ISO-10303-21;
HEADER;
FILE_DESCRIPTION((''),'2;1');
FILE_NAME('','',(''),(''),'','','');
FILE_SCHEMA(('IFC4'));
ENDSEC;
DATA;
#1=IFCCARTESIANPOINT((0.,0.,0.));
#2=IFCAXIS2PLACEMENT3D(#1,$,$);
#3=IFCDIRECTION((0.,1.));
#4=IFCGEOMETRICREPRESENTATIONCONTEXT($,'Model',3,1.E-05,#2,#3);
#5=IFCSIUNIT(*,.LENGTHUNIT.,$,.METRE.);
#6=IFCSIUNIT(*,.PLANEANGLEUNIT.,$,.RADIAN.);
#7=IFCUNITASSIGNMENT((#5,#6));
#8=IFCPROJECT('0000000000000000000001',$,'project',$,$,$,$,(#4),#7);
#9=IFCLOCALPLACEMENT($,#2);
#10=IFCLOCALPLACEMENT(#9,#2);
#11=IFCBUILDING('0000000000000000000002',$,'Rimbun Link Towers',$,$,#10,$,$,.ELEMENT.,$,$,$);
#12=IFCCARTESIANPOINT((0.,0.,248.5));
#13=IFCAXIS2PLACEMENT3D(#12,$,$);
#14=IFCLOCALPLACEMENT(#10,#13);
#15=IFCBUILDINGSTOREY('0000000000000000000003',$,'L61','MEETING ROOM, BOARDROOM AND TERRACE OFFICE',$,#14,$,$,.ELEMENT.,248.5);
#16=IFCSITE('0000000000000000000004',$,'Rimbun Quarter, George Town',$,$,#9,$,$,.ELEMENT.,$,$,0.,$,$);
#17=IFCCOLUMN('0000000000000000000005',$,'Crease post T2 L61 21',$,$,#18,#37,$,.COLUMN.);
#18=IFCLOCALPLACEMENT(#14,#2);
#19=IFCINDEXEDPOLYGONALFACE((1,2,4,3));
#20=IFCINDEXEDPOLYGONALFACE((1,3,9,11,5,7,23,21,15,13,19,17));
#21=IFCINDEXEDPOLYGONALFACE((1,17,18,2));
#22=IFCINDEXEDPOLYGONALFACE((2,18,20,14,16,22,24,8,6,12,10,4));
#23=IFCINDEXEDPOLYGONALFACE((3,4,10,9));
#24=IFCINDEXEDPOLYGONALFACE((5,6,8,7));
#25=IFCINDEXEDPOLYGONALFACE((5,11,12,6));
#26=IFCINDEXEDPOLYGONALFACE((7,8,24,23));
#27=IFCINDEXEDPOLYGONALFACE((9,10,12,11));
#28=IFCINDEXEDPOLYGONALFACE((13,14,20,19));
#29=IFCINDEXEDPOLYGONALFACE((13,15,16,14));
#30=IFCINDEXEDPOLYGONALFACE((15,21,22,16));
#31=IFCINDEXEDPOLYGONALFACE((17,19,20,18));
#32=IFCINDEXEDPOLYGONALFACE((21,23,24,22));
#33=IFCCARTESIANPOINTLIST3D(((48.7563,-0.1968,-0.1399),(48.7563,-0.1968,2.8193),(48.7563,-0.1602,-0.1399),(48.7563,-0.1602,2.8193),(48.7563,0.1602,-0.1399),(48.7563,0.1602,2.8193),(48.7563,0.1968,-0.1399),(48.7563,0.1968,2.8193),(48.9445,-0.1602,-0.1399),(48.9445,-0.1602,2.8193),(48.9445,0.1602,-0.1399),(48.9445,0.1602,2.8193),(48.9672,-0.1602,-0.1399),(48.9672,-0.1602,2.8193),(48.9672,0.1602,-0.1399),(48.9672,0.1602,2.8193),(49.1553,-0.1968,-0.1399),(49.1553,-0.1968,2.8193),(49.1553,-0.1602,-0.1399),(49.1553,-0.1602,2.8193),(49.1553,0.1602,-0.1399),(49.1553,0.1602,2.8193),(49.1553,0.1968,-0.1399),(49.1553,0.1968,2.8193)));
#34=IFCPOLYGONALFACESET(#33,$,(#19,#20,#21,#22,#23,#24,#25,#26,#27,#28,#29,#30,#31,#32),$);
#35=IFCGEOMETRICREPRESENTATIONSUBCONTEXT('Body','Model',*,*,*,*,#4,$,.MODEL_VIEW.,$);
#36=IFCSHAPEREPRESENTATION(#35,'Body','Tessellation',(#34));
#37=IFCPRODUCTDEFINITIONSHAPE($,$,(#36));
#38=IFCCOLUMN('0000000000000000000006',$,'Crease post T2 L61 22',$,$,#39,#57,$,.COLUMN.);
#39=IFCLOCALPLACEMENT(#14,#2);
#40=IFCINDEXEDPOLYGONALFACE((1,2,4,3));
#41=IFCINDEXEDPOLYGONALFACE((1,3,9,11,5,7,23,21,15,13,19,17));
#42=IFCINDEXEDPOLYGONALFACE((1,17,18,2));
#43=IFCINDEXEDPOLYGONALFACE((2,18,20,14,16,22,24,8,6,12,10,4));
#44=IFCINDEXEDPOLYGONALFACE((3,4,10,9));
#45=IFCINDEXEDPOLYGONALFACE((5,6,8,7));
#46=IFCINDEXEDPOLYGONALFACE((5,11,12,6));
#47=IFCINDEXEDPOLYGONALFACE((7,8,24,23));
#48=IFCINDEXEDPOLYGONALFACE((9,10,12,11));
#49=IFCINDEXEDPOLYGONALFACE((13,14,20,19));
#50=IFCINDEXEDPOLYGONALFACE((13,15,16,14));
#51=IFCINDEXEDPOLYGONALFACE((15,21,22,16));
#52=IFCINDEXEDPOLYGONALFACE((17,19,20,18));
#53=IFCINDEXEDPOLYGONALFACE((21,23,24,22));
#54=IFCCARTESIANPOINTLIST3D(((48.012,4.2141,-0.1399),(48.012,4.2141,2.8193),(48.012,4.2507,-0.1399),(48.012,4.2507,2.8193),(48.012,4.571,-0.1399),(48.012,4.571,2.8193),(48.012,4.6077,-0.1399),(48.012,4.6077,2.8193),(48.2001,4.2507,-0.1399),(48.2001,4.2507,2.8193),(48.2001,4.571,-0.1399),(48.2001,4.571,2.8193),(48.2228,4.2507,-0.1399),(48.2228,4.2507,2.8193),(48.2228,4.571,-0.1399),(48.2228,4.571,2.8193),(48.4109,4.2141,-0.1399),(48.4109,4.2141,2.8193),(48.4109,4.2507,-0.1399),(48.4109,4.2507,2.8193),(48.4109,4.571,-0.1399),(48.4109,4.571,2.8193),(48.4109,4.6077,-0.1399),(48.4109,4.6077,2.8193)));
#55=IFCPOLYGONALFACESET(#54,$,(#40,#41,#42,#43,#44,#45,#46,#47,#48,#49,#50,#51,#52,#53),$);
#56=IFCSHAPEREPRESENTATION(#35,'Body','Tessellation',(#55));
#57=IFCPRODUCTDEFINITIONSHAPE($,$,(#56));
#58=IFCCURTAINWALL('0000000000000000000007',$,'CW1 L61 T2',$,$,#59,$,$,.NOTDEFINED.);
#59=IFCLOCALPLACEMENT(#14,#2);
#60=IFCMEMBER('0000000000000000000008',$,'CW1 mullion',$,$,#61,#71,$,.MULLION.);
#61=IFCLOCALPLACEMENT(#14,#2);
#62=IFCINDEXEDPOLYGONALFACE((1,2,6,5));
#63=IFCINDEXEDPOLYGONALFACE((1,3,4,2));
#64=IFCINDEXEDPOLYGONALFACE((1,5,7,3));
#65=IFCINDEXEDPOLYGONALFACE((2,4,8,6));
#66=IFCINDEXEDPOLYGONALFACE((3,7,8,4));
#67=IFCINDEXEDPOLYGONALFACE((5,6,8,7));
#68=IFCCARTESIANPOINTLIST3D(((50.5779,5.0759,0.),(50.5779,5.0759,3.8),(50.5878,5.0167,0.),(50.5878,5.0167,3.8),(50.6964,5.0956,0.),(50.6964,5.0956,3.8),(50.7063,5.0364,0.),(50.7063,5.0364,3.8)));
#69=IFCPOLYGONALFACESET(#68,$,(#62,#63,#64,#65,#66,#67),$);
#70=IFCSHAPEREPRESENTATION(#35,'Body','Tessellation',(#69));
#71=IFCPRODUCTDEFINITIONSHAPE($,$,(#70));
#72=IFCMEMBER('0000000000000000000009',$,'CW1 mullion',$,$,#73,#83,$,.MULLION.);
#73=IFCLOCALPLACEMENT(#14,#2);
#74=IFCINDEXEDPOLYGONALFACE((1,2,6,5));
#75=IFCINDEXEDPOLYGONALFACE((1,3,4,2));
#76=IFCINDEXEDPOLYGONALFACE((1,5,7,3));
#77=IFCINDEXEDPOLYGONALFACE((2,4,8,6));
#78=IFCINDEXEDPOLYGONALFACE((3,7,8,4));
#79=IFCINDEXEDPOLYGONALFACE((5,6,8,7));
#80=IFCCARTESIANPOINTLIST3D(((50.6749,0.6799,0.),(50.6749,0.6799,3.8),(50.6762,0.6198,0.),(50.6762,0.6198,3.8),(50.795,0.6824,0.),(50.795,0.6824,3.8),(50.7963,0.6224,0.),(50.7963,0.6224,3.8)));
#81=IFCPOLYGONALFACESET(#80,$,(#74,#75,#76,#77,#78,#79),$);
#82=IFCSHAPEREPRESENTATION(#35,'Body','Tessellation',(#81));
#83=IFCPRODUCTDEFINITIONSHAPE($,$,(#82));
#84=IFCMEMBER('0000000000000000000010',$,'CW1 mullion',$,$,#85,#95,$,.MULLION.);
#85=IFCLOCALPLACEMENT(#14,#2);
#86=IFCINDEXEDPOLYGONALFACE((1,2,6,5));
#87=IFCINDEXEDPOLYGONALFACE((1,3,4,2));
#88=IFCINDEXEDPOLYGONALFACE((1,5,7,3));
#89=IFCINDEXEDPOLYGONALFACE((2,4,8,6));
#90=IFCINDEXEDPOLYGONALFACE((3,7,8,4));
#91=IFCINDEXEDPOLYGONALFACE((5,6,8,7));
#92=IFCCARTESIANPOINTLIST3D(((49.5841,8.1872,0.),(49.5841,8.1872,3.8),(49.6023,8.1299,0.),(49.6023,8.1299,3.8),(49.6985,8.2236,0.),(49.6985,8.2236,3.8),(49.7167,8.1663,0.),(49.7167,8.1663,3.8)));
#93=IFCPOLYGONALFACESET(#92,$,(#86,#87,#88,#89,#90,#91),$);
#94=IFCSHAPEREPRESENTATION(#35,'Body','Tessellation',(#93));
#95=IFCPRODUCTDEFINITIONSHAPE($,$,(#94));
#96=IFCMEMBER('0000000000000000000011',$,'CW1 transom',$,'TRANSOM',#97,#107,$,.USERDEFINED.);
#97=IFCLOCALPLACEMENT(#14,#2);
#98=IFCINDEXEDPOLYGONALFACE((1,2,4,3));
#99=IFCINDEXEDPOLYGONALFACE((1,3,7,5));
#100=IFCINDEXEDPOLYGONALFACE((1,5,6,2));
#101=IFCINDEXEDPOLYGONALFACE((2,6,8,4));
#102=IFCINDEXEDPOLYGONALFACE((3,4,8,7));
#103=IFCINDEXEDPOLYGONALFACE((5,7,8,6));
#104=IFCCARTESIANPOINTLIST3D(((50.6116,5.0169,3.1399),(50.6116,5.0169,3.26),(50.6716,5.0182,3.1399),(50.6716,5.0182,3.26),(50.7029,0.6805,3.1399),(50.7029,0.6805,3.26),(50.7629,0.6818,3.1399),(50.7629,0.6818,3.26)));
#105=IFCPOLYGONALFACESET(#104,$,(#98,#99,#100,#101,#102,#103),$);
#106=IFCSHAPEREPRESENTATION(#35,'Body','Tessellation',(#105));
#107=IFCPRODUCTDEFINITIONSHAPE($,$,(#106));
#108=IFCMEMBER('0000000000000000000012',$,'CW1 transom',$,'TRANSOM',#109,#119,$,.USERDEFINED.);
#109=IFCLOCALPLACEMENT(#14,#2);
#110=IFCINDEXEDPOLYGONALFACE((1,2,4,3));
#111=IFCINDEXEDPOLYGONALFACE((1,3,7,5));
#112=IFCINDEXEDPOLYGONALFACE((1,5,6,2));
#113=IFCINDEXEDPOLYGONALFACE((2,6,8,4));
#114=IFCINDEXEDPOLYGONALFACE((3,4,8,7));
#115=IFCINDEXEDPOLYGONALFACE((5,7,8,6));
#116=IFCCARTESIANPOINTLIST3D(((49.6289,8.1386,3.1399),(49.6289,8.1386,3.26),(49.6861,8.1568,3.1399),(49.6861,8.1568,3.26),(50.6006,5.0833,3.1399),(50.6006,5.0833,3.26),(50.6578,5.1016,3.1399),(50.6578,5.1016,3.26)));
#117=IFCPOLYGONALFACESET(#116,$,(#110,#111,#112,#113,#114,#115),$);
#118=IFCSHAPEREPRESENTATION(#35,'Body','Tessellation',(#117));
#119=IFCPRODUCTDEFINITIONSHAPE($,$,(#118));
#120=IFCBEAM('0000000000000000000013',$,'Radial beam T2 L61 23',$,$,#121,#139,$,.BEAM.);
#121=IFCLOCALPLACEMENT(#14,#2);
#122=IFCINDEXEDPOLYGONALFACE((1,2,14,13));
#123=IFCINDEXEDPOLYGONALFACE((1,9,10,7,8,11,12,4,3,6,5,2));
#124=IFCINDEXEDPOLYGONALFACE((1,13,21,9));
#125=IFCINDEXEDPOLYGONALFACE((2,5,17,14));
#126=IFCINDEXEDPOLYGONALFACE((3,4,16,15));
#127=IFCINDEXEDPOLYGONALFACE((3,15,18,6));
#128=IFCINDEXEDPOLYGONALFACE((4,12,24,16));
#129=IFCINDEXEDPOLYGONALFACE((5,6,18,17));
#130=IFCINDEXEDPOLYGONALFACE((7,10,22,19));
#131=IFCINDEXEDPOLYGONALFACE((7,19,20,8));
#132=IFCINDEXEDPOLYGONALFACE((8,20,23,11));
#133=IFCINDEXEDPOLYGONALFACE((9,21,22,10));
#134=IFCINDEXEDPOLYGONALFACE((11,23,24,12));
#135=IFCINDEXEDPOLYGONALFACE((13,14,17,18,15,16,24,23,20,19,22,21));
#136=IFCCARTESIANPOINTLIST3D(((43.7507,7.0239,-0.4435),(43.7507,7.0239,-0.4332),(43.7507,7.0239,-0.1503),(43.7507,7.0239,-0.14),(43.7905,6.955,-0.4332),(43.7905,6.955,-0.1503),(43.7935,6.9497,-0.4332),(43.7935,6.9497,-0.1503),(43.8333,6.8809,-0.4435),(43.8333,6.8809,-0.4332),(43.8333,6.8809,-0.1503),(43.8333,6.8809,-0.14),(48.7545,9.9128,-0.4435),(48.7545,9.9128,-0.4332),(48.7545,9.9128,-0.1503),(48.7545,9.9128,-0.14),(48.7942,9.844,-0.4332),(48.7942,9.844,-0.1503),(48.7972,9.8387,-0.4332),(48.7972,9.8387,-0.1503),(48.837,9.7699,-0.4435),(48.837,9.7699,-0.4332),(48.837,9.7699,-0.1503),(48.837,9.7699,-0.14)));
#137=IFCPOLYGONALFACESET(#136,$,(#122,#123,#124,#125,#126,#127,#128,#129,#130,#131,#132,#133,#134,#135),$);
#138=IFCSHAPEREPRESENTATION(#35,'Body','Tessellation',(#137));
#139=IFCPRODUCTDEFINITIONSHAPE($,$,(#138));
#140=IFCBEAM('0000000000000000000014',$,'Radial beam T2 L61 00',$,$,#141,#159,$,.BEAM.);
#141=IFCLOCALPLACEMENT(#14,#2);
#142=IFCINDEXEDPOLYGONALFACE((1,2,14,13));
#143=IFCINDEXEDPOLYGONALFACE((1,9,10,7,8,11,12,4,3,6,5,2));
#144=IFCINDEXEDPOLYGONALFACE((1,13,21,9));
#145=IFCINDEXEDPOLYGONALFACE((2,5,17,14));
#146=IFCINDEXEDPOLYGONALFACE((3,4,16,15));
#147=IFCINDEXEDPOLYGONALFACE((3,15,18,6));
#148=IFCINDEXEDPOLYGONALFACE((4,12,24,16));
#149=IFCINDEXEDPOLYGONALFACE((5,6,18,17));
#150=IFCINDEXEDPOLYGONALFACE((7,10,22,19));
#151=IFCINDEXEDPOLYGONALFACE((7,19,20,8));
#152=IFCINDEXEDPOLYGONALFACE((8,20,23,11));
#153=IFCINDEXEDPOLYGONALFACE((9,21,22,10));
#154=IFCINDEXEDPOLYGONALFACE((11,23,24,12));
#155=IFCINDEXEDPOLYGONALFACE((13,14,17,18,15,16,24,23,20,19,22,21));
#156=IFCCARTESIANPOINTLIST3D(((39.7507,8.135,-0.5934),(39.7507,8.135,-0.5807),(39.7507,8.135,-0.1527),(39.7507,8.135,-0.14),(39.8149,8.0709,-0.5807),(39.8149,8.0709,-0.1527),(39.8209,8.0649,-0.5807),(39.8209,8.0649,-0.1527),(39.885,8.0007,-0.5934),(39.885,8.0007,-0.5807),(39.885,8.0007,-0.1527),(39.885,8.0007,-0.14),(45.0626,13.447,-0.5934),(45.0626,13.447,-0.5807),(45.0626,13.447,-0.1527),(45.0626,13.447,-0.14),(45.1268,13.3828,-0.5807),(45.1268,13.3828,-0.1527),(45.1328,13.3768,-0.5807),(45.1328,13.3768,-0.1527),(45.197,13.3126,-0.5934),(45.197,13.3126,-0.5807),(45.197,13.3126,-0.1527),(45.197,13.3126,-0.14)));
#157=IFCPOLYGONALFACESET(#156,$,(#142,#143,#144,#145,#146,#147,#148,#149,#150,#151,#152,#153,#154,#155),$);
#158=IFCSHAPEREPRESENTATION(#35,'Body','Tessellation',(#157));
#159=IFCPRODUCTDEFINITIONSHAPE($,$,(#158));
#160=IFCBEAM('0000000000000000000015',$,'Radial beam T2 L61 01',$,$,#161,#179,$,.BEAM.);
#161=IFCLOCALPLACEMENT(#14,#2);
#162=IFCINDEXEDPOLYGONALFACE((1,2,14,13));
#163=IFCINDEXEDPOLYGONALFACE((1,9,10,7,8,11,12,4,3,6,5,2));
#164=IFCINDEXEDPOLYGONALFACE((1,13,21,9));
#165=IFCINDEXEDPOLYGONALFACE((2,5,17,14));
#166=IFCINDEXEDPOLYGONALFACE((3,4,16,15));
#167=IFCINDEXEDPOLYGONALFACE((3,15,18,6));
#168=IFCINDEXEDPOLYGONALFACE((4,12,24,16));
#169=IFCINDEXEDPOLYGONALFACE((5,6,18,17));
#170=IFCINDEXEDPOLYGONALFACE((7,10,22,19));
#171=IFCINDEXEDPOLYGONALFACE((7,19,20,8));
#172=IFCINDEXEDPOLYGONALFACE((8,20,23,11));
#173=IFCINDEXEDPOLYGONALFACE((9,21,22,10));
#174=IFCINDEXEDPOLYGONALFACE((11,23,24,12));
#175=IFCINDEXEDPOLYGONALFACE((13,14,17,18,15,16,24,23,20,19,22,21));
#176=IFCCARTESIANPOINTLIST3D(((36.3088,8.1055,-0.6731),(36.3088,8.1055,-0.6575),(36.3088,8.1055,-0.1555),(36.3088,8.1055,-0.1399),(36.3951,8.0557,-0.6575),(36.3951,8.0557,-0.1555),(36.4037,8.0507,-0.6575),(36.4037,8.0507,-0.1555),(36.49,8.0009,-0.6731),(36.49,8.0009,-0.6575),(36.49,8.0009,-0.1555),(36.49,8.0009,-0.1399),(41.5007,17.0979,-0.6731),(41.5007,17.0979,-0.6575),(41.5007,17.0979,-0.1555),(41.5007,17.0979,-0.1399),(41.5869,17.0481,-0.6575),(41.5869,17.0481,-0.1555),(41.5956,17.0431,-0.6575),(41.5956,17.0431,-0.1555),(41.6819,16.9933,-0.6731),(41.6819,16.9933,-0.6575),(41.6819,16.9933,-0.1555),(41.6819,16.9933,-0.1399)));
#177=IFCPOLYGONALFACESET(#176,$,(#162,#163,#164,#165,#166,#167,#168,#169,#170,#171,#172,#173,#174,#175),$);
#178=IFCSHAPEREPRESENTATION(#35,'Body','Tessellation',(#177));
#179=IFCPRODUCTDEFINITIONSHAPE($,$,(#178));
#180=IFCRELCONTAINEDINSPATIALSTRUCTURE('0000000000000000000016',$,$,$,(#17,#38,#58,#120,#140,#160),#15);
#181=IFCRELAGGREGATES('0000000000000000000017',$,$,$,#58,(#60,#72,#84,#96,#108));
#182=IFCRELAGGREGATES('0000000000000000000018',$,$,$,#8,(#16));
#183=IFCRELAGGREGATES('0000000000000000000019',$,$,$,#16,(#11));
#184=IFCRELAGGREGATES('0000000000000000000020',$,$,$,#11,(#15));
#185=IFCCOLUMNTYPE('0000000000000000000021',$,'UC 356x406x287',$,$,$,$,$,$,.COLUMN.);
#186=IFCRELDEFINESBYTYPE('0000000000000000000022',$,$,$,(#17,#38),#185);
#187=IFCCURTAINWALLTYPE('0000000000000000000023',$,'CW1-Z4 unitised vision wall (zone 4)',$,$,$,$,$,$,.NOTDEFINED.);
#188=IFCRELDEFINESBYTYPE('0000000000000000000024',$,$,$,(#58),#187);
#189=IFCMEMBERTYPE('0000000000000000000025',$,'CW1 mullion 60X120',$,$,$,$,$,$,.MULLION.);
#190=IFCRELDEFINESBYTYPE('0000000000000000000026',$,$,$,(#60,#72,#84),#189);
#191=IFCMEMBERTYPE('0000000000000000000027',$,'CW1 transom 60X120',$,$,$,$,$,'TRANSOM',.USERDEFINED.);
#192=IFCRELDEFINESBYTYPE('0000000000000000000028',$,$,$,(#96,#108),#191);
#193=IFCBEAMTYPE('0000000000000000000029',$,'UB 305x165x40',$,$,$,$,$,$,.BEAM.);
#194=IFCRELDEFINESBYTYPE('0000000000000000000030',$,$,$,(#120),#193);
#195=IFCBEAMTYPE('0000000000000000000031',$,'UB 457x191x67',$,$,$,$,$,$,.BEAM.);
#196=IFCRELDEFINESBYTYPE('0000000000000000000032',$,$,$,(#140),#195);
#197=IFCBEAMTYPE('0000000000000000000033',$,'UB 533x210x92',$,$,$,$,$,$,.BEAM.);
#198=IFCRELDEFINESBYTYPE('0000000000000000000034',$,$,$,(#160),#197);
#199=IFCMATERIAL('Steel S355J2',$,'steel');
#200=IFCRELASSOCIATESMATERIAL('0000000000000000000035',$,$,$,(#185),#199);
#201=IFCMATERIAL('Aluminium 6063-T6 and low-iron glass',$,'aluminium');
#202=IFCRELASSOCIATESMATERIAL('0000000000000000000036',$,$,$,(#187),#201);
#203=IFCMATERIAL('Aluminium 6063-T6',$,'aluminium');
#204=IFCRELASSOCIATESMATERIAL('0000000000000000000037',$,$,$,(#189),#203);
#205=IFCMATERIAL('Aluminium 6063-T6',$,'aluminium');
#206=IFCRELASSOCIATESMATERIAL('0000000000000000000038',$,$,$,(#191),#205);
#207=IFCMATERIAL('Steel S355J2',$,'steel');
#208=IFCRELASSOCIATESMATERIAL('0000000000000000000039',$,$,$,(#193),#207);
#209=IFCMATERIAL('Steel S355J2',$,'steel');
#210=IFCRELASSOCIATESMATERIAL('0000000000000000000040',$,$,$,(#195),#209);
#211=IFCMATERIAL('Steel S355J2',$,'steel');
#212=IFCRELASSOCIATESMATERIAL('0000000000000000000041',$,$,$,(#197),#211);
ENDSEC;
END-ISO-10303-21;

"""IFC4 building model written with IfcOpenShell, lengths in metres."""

from ifc_helpers import new_model, si_unit, direction, frame, origin, origin_2d, place, context, subcontext, project, spatial, rectangle, i_section, extrude, material, material_profile, profile_set, type_object, element, aggregate, save


model = new_model("IFC4")

# Units and contexts
model_context = context("Model", 3, precision=1e-05, world=origin(), true_north=direction((0.0, 1.0)))
body_context = subcontext(model_context, "Body", "Model", "MODEL_VIEW")
ifc_project = project(units=[si_unit("LENGTHUNIT", "METRE"), si_unit("PLANEANGLEUNIT", "RADIAN")], contexts=[model_context])

# Site, building, storey
site_placement = place(None, origin())
site = spatial("IfcSite", under=ifc_project, at=site_placement, Name="Rimbun Quarter, George Town", CompositionType="ELEMENT", RefElevation=0.0)
building_placement = place(site_placement, origin())
building = spatial("IfcBuilding", under=site, at=building_placement, Name="Rimbun Link Towers", CompositionType="ELEMENT")
storey_placement = place(building_placement, frame((0.0, 0.0, 248.5)))
storey = spatial("IfcBuildingStorey", under=building, at=storey_placement, Name="L61", Description="MEETING ROOM, BOARDROOM AND TERRACE OFFICE", CompositionType="ELEMENT", Elevation=248.5)

# Columns
ifc_material_1 = material(Name="Steel S355J2", Category="steel")
ifc_material_profile_1 = material_profile(ifc_material_1, i_section(OverallWidth=0.3989, OverallDepth=0.3936, WebThickness=0.0227, FlangeThickness=0.0366, at=origin_2d()), Name="UC 356x406x287")
ifc_profile_set_1 = profile_set([ifc_material_profile_1], Name="Steel S355J2")
column_type = type_object("IfcColumnType", Name="UC 356x406x287", PredefinedType="COLUMN", material=ifc_profile_set_1)
for number, where, z_axis, x_axis, name in (
    (1, (48.9558, 0.0, -0.1399), (0.0, 0.0, 1.0), (1.0, 0.0, 0.0), "Crease post T2 L61 21"),
    (2, (48.2114, 4.4109, -0.1399), (0.0, 0.0, 1.0), (1.0, 0.0, 0.0), "Crease post T2 L61 22"),
):
    element("IfcColumn", number, at=place(storey_placement, frame(where, z_axis=z_axis, x_axis=x_axis)), inside=storey, type_object=column_type, Name=name, PredefinedType="COLUMN", context=body_context, shape_type="SweptSolid", body=[
        extrude(i_section(OverallWidth=0.3989, OverallDepth=0.3936, WebThickness=0.0227, FlangeThickness=0.0366, at=origin_2d()), origin(), (0.0, 0.0, 1.0), 2.9592),
    ])

# Curtain wall, members
ifc_material_2 = material(Name="Aluminium 6063-T6 and low-iron glass", Category="aluminium")
curtain_wall_type = type_object("IfcCurtainWallType", Name="CW1-Z4 unitised vision wall (zone 4)", PredefinedType="NOTDEFINED", material=ifc_material_2)
curtain_wall_placement = place(storey_placement, origin())
curtain_wall = element("IfcCurtainWall", 3, at=curtain_wall_placement, inside=storey, type_object=curtain_wall_type, Name="CW1 L61 T2", PredefinedType="NOTDEFINED")
ifc_material_3 = material(Name="Aluminium 6063-T6", Category="aluminium")
ifc_material_profile_2 = material_profile(ifc_material_3, rectangle(XDim=0.1201, YDim=0.0601, at=origin_2d()), Name="MULLION 60X120")
ifc_profile_set_2 = profile_set([ifc_material_profile_2], Name="Aluminium 6063-T6")
member_type_1 = type_object("IfcMemberType", Name="CW1 mullion 60X120", PredefinedType="MULLION", material=ifc_profile_set_2)
member_1_placement = place(storey_placement, frame((50.6421, 5.0562, 0.0), z_axis=(0.0, 0.0, 1.0), x_axis=(0.986503, 0.163742, 0.0)))
member_1 = element("IfcMember", 4, at=member_1_placement, type_object=member_type_1, Name="CW1 mullion", PredefinedType="MULLION", context=body_context, shape_type="SweptSolid", body=[
    extrude(rectangle(XDim=0.1201, YDim=0.0601, at=origin_2d()), origin(), (0.0, 0.0, 1.0), 3.8),
])
member_2_placement = place(storey_placement, frame((50.7356, 0.6511, 0.0), z_axis=(0.0, 0.0, 1.0), x_axis=(0.999778, 0.02106, 0.0)))
member_2 = element("IfcMember", 5, at=member_2_placement, type_object=member_type_1, Name="CW1 mullion", PredefinedType="MULLION", context=body_context, shape_type="SweptSolid", body=[
    extrude(rectangle(XDim=0.1201, YDim=0.0601, at=origin_2d()), origin(), (0.0, 0.0, 1.0), 3.8),
])
member_3_placement = place(storey_placement, frame((49.6504, 8.1768, 0.0), z_axis=(0.0, 0.0, 1.0), x_axis=(0.952971, 0.303061, 0.0)))
member_3 = element("IfcMember", 6, at=member_3_placement, type_object=member_type_1, Name="CW1 mullion", PredefinedType="MULLION", context=body_context, shape_type="SweptSolid", body=[
    extrude(rectangle(XDim=0.1201, YDim=0.0601, at=origin_2d()), origin(), (0.0, 0.0, 1.0), 3.8),
])
ifc_material_4 = material(Name="Aluminium 6063-T6", Category="aluminium")
ifc_material_profile_3 = material_profile(ifc_material_4, rectangle(XDim=0.0601, YDim=0.1201, at=origin_2d()), Name="TRANSOM 60X120")
ifc_profile_set_3 = profile_set([ifc_material_profile_3], Name="Aluminium 6063-T6")
member_type_2 = type_object("IfcMemberType", Name="CW1 transom 60X120", ElementType="TRANSOM", PredefinedType="USERDEFINED", material=ifc_profile_set_3)
member_4_placement = place(storey_placement, frame((50.6416, 5.0176, 3.2), z_axis=(0.021052, -0.999778, 0.0), x_axis=(0.999778, 0.021052, 0.0)))
member_4 = element("IfcMember", 7, at=member_4_placement, type_object=member_type_2, Name="CW1 transom", ObjectType="TRANSOM", PredefinedType="USERDEFINED", context=body_context, shape_type="SweptSolid", body=[
    extrude(rectangle(XDim=0.0601, YDim=0.1201, at=origin_2d()), origin(), (0.0, 0.0, 1.0), 4.3374),
])
member_5_placement = place(storey_placement, frame((49.6575, 8.1477, 3.2), z_axis=(0.303084, -0.952964, 0.0), x_axis=(0.952964, 0.303084, 0.0)))
member_5 = element("IfcMember", 8, at=member_5_placement, type_object=member_type_2, Name="CW1 transom", ObjectType="TRANSOM", PredefinedType="USERDEFINED", context=body_context, shape_type="SweptSolid", body=[
    extrude(rectangle(XDim=0.0601, YDim=0.1201, at=origin_2d()), origin(), (0.0, 0.0, 1.0), 3.2061),
])

# Beams
ifc_material_5 = material(Name="Steel S355J2", Category="steel")
ifc_material_profile_4 = material_profile(ifc_material_5, i_section(OverallWidth=0.165, OverallDepth=0.3035, WebThickness=0.0061, FlangeThickness=0.0103, at=origin_2d()), Name="UB 305x165x40")
ifc_profile_set_4 = profile_set([ifc_material_profile_4], Name="Steel S355J2")
beam_type_1 = type_object("IfcBeamType", Name="UB 305x165x40", PredefinedType="BEAM", material=ifc_profile_set_4)
beam_1_placement = place(storey_placement, frame((43.792, 6.9524, -0.2917), z_axis=(0.866022, 0.500007, 0.0), x_axis=(-0.500007, 0.866022, 0.0)))
element("IfcBeam", 9, at=beam_1_placement, inside=storey, type_object=beam_type_1, Name="Radial beam T2 L61 23", PredefinedType="BEAM", context=body_context, shape_type="SweptSolid", body=[
    extrude(i_section(OverallWidth=0.165, OverallDepth=0.3035, WebThickness=0.0061, FlangeThickness=0.0103, at=origin_2d()), origin(), (0.0, 0.0, 1.0), 5.7778),
])
ifc_material_6 = material(Name="Steel S355J2", Category="steel")
ifc_material_profile_5 = material_profile(ifc_material_6, i_section(OverallWidth=0.1899, OverallDepth=0.4534, WebThickness=0.0085, FlangeThickness=0.0127, at=origin_2d()), Name="UB 457x191x67")
ifc_profile_set_5 = profile_set([ifc_material_profile_5], Name="Steel S355J2")
beam_type_2 = type_object("IfcBeamType", Name="UB 457x191x67", PredefinedType="BEAM", material=ifc_profile_set_5)
beam_2_placement = place(storey_placement, frame((39.8179, 8.0679, -0.3667), z_axis=(0.707107, 0.707107, 0.0), x_axis=(-0.707107, 0.707107, 0.0)))
element("IfcBeam", 10, at=beam_2_placement, inside=storey, type_object=beam_type_2, Name="Radial beam T2 L61 00", PredefinedType="BEAM", context=body_context, shape_type="SweptSolid", body=[
    extrude(i_section(OverallWidth=0.1899, OverallDepth=0.4534, WebThickness=0.0085, FlangeThickness=0.0127, at=origin_2d()), origin(), (0.0, 0.0, 1.0), 7.5122),
])
ifc_material_7 = material(Name="Steel S355J2", Category="steel")
ifc_material_profile_6 = material_profile(ifc_material_7, i_section(OverallWidth=0.2092, OverallDepth=0.5332, WebThickness=0.01, FlangeThickness=0.0156, at=origin_2d()), Name="UB 533x210x92")
ifc_profile_set_6 = profile_set([ifc_material_profile_6], Name="Steel S355J2")
beam_type_3 = type_object("IfcBeamType", Name="UB 533x210x92", PredefinedType="BEAM", material=ifc_profile_set_6)
beam_3_placement = place(storey_placement, frame((36.3994, 8.0532, -0.4065), z_axis=(0.500008, 0.866021, 0.0), x_axis=(-0.866021, 0.500008, 0.0)))
element("IfcBeam", 11, at=beam_3_placement, inside=storey, type_object=beam_type_3, Name="Radial beam T2 L61 01", PredefinedType="BEAM", context=body_context, shape_type="SweptSolid", body=[
    extrude(i_section(OverallWidth=0.2092, OverallDepth=0.5332, WebThickness=0.01, FlangeThickness=0.0156, at=origin_2d()), origin(), (0.0, 0.0, 1.0), 10.3835),
])

aggregate(curtain_wall, [member_1, member_2, member_3, member_4, member_5])

save(model, "model.ifc")
